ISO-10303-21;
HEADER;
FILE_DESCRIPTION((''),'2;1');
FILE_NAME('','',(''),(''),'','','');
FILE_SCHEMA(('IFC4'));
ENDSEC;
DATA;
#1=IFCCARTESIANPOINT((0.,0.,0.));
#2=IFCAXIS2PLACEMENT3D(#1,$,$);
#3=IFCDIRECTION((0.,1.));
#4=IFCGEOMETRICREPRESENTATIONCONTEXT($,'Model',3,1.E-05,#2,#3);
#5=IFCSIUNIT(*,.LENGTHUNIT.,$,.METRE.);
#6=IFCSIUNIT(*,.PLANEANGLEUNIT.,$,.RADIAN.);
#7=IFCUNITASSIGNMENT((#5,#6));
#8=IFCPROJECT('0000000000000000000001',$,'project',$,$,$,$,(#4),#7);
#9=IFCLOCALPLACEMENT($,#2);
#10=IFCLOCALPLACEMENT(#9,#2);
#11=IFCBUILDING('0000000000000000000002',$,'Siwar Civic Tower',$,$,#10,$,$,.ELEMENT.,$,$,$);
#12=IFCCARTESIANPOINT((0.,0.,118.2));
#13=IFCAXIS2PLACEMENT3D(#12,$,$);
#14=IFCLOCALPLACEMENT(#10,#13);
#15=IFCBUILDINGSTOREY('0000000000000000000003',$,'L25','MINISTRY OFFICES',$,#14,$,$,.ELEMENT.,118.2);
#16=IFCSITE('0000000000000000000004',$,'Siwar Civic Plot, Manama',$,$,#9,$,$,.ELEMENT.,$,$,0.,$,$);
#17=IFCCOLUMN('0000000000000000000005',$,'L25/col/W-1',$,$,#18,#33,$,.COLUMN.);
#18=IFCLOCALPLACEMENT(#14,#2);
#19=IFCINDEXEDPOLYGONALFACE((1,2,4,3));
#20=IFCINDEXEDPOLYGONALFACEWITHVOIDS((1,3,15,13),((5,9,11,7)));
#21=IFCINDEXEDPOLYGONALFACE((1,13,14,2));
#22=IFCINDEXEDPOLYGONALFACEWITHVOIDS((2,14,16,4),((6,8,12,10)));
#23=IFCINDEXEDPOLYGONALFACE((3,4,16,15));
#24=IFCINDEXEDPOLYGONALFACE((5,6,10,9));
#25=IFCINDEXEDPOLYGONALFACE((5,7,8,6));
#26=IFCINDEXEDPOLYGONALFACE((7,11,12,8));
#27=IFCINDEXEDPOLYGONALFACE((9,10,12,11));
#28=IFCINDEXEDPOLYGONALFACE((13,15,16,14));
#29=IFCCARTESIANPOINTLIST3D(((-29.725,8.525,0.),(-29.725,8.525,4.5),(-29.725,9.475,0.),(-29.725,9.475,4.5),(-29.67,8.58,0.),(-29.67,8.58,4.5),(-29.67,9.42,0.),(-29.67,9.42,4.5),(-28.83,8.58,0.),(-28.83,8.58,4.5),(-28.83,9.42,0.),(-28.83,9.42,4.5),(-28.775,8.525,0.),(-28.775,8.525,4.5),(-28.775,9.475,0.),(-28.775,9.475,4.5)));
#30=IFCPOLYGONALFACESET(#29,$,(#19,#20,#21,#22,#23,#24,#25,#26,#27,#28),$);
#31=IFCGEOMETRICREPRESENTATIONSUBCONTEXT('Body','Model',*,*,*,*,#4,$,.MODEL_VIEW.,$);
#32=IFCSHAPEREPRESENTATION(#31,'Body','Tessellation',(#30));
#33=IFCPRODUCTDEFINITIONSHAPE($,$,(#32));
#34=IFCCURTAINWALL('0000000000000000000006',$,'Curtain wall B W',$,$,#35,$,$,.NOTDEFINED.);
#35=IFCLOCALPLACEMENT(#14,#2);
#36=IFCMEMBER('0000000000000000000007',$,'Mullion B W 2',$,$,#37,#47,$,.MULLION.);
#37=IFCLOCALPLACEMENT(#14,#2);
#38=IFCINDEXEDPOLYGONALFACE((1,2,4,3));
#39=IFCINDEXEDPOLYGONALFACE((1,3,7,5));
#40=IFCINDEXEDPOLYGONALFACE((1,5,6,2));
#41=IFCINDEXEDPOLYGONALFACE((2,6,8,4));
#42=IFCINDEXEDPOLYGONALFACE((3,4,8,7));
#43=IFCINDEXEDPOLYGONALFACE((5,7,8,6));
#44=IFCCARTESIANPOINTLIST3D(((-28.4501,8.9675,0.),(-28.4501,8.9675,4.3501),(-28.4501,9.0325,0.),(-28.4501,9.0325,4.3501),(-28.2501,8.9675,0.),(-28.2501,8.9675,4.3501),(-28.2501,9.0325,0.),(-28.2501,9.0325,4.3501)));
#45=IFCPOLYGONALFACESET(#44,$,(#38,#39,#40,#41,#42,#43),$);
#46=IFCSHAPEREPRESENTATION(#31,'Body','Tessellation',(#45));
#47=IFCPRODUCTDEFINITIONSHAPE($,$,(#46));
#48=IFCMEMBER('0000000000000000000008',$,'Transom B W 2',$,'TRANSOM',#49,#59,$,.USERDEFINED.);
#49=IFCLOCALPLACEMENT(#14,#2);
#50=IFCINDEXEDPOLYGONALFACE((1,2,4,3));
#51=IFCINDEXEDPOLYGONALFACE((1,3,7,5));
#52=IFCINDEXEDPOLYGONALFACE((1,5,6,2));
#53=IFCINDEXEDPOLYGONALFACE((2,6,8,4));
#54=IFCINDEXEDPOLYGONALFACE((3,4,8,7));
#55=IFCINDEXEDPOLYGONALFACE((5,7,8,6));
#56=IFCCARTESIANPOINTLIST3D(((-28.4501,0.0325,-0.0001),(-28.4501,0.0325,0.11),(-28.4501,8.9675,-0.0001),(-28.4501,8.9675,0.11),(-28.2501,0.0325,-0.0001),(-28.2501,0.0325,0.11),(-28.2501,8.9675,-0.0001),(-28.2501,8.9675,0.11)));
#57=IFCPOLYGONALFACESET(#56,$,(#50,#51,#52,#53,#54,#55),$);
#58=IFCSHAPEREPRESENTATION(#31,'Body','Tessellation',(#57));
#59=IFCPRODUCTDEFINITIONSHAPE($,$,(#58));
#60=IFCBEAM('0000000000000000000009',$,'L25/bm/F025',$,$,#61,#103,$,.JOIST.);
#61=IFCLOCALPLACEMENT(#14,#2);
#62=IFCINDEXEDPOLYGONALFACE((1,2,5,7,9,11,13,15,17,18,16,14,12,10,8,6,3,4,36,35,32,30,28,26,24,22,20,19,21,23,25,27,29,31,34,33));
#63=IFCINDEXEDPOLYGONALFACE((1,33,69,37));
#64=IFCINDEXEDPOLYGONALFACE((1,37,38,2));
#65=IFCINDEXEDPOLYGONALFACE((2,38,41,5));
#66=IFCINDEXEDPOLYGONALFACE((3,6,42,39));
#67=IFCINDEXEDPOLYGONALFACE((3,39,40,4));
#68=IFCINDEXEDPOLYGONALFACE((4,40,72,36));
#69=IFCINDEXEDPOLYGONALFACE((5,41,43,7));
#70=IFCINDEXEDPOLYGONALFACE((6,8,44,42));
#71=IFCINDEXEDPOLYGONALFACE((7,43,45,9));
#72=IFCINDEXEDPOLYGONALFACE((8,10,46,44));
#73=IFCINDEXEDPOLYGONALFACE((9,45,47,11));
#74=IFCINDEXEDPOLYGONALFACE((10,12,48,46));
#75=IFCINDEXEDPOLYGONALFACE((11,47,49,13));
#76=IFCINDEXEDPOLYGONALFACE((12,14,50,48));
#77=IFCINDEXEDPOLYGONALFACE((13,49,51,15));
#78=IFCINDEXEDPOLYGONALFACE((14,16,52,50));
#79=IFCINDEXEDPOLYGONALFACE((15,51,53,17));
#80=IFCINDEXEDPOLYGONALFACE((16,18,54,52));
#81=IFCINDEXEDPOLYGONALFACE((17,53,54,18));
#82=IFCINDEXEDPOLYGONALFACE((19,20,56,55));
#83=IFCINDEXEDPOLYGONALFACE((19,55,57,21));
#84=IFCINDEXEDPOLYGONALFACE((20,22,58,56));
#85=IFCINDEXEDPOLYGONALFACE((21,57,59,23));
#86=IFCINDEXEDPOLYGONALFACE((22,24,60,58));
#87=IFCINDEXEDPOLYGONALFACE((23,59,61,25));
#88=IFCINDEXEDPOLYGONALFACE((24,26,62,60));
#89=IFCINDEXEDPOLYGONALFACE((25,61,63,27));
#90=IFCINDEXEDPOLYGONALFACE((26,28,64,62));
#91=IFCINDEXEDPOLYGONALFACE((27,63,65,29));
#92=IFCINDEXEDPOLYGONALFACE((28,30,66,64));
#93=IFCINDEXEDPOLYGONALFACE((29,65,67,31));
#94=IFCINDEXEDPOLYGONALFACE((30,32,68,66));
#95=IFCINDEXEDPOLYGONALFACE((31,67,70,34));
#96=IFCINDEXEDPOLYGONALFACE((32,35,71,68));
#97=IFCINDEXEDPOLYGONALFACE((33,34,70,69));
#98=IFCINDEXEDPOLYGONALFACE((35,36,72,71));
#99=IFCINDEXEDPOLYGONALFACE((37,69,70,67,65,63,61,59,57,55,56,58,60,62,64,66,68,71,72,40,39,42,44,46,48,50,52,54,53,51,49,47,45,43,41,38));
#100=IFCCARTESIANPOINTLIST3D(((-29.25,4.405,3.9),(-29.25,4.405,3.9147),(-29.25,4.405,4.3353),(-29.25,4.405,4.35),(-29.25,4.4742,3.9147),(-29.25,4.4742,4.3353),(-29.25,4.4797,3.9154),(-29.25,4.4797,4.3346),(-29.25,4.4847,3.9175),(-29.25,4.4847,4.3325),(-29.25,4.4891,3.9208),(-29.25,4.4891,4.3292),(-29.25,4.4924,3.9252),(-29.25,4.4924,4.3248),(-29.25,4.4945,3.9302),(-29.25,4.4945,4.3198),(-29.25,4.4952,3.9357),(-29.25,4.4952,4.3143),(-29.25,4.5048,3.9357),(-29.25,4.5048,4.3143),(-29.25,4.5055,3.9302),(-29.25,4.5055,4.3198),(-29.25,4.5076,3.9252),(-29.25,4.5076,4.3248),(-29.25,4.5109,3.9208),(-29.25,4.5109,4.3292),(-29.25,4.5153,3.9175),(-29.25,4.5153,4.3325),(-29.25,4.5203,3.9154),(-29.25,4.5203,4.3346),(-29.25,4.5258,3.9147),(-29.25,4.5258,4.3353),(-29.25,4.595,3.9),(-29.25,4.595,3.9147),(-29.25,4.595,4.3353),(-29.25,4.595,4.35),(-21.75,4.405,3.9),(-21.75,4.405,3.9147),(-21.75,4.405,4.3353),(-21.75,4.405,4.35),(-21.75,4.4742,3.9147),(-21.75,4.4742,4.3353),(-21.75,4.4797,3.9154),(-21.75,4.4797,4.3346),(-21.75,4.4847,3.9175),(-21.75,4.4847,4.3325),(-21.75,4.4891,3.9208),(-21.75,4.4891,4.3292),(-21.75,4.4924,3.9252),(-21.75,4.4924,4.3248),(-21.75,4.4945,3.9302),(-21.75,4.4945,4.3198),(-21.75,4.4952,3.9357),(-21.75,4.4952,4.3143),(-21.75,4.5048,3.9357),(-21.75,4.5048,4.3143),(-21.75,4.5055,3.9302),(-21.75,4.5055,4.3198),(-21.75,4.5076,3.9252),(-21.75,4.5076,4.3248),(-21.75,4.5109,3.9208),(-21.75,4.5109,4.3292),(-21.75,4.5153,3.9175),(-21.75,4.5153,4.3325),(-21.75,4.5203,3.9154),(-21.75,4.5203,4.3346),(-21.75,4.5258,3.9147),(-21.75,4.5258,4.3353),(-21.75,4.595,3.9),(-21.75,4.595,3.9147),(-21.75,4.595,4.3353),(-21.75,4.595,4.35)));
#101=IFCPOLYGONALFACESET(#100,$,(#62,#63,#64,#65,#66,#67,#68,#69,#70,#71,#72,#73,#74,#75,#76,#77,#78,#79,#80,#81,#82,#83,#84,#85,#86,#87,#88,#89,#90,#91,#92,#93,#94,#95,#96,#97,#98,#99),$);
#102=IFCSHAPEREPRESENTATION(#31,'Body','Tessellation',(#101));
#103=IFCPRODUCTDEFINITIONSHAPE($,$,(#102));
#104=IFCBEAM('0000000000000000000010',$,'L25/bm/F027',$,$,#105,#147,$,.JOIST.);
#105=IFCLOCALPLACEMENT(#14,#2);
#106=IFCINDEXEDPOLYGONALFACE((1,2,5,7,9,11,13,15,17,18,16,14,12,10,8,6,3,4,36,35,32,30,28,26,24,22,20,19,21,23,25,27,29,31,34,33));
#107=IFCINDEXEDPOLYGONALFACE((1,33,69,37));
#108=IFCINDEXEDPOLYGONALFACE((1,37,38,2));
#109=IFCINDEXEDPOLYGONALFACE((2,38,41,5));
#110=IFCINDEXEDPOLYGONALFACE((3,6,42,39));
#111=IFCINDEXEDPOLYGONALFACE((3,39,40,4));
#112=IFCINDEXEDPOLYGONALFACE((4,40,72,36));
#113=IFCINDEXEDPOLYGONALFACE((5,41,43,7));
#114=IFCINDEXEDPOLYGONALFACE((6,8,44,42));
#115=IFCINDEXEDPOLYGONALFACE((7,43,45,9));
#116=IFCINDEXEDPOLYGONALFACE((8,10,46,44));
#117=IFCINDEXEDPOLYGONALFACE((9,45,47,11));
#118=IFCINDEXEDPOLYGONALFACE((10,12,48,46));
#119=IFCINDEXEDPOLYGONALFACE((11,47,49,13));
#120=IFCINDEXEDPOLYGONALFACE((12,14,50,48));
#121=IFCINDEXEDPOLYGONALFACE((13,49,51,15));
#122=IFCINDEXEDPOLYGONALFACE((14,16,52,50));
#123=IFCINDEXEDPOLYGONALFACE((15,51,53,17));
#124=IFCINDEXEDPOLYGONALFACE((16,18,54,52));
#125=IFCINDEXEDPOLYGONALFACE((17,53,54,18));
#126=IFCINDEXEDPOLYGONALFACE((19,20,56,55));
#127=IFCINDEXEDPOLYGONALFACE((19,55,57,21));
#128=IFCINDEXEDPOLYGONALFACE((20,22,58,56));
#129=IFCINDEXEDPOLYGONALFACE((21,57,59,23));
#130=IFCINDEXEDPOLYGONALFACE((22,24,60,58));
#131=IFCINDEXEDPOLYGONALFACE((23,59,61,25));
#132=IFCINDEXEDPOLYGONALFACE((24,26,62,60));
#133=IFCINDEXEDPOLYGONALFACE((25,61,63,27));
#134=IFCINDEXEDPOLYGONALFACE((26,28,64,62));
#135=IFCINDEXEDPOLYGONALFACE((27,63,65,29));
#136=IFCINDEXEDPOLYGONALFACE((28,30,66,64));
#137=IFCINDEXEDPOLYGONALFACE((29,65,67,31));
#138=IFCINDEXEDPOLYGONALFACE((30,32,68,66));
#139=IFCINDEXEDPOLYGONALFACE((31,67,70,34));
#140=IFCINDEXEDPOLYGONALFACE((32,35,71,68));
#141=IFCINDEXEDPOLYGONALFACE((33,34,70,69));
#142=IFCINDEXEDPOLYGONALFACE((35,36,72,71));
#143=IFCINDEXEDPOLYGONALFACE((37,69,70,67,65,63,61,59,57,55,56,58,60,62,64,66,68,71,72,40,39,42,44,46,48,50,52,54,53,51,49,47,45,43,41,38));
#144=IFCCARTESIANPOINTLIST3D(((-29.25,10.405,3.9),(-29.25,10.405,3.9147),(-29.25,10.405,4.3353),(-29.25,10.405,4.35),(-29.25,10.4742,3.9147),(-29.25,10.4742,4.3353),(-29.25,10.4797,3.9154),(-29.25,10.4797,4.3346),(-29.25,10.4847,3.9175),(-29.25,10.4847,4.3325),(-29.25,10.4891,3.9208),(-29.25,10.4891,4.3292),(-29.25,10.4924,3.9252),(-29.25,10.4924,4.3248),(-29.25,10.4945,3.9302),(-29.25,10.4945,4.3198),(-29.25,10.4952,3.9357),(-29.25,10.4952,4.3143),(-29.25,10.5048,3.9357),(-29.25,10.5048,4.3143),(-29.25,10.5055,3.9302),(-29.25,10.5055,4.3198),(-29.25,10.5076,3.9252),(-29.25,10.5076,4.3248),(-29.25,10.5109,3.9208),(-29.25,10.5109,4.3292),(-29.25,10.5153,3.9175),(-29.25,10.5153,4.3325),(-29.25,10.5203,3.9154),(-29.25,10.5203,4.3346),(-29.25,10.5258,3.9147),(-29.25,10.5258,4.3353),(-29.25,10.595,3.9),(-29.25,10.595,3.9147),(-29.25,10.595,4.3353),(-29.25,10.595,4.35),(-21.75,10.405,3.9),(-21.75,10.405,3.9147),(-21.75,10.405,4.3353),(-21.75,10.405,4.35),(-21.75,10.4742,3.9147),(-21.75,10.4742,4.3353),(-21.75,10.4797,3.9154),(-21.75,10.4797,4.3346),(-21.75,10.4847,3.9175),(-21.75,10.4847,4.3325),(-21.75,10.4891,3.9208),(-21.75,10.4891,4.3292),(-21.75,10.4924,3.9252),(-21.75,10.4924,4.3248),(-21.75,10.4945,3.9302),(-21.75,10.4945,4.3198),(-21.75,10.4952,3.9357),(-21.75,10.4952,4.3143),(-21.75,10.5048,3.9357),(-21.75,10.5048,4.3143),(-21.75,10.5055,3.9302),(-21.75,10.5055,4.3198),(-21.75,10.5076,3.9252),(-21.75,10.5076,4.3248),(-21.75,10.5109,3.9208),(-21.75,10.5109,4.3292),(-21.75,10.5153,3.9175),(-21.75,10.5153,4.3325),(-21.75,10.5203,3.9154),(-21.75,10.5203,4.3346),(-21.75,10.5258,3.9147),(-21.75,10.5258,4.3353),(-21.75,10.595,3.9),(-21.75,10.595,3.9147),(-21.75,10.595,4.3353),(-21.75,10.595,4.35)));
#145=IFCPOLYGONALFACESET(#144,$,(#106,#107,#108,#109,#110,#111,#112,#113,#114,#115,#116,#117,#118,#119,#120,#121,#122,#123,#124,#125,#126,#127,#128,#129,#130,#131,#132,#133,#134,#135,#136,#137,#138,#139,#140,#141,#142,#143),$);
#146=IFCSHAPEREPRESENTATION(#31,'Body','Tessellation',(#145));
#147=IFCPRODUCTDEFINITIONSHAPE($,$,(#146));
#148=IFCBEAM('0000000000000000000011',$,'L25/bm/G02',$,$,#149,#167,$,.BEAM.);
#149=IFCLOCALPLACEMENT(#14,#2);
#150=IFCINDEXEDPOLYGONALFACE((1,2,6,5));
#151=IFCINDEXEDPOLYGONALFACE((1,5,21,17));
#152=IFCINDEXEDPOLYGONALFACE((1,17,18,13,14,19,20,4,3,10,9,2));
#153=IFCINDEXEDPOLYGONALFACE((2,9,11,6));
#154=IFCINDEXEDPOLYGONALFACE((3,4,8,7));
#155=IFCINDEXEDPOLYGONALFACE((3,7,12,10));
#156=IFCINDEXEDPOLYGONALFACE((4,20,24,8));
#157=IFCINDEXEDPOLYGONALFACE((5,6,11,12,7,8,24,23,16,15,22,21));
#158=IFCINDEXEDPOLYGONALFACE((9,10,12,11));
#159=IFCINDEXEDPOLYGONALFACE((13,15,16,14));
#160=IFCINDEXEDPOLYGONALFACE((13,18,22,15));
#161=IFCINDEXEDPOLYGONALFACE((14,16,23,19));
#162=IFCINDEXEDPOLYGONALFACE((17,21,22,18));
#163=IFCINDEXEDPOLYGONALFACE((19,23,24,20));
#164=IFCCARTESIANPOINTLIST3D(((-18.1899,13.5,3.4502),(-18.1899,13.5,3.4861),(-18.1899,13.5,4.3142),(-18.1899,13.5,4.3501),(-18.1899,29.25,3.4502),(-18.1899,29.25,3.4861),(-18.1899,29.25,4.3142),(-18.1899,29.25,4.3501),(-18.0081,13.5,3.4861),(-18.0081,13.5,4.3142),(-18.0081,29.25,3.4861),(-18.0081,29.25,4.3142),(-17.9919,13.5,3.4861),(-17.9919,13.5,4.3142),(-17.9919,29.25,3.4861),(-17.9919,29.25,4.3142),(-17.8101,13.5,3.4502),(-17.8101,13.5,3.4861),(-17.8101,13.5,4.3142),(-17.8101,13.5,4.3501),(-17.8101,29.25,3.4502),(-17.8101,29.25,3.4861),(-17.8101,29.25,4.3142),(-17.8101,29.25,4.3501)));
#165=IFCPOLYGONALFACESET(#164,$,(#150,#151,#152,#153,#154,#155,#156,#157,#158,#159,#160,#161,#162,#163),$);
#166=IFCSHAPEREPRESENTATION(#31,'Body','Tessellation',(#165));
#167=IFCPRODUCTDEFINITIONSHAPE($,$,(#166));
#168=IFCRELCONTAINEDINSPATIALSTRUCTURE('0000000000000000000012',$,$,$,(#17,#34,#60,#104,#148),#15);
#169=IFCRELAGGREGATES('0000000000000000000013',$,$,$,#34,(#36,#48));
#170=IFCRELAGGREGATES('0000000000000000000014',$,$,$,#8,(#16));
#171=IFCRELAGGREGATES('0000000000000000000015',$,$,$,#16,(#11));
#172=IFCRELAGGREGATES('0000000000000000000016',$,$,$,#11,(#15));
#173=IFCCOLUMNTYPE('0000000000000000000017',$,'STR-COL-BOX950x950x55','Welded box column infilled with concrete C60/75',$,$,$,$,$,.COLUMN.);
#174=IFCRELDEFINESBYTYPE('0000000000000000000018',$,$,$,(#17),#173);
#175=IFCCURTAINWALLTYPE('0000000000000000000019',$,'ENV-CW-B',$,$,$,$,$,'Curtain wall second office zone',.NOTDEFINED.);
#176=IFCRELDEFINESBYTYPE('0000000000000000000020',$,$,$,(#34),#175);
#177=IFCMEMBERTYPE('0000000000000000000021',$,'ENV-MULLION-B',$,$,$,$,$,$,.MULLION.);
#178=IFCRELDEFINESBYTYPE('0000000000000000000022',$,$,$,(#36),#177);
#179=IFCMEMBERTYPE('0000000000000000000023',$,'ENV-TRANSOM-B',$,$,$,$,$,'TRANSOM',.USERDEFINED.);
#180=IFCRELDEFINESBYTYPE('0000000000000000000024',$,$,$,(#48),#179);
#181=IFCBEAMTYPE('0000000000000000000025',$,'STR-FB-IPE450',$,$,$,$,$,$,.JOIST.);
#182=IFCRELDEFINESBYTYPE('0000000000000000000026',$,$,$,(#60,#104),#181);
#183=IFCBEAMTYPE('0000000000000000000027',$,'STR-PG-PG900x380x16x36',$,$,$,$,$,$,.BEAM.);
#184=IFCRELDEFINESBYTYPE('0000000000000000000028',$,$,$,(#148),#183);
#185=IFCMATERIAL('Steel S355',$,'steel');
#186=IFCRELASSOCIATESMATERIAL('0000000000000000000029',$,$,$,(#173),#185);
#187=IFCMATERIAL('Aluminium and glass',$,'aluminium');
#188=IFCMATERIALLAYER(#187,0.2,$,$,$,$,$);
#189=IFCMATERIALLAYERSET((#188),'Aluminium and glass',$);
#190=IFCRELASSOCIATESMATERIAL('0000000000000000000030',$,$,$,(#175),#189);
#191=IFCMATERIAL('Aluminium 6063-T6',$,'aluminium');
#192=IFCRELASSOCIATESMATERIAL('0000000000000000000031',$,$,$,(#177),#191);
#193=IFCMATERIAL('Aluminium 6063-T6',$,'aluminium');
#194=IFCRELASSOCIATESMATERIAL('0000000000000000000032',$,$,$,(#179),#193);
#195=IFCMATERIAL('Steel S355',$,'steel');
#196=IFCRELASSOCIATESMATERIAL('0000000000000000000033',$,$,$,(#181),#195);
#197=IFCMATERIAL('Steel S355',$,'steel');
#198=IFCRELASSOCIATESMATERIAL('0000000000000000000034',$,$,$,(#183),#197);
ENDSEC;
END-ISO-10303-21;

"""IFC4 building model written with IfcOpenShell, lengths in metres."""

from ifc_helpers import new_model, si_unit, direction, frame, origin, origin_2d, place, context, subcontext, project, spatial, rectangle, hollow_rectangle, i_section, extrude, material, layer, layer_set, material_profile, profile_set, type_object, element, aggregate, save


model = new_model("IFC4")

# Units and contexts
model_context = context("Model", 3, precision=1e-05, world=origin(), true_north=direction((0.0, 1.0)))
body_context = subcontext(model_context, "Body", "Model", "MODEL_VIEW")
ifc_project = project(units=[si_unit("LENGTHUNIT", "METRE"), si_unit("PLANEANGLEUNIT", "RADIAN")], contexts=[model_context])

# Site, building, storey
site_placement = place(None, origin())
site = spatial("IfcSite", under=ifc_project, at=site_placement, Name="Siwar Civic Plot, Manama", CompositionType="ELEMENT", RefElevation=0.0)
building_placement = place(site_placement, origin())
building = spatial("IfcBuilding", under=site, at=building_placement, Name="Siwar Civic Tower", CompositionType="ELEMENT")
storey_placement = place(building_placement, frame((0.0, 0.0, 118.2)))
storey = spatial("IfcBuildingStorey", under=building, at=storey_placement, Name="L25", Description="MINISTRY OFFICES", CompositionType="ELEMENT", Elevation=118.2)

# Column
ifc_material_1 = material(Name="Steel S355", Category="steel")
ifc_material_profile_1 = material_profile(ifc_material_1, hollow_rectangle(XDim=0.95, YDim=0.95, WallThickness=0.0549, at=origin_2d()), Name="BOX950x950x55")
ifc_profile_set_1 = profile_set([ifc_material_profile_1], Name="Steel S355")
column_type = type_object("IfcColumnType", Name="STR-COL-BOX950x950x55", Description="Welded box column infilled with concrete C60/75", PredefinedType="COLUMN", material=ifc_profile_set_1)
column_placement = place(storey_placement, frame((-29.25, 9.0, 0.0), z_axis=(0.0, 0.0, 1.0), x_axis=(1.0, 0.0, 0.0)))
element("IfcColumn", 1, at=column_placement, inside=storey, type_object=column_type, Name="L25/col/W-1", PredefinedType="COLUMN", context=body_context, shape_type="SweptSolid", body=[
    extrude(hollow_rectangle(XDim=0.95, YDim=0.95, WallThickness=0.0549, at=origin_2d()), origin(), (0.0, 0.0, 1.0), 4.5),
])

# Curtain wall, members
ifc_material_2 = material(Name="Aluminium and glass", Category="aluminium")
ifc_layer_1 = layer(ifc_material_2, 0.2)
ifc_layer_set_1 = layer_set([ifc_layer_1], Name="Aluminium and glass")
curtain_wall_type = type_object("IfcCurtainWallType", Name="ENV-CW-B", ElementType="Curtain wall second office zone", PredefinedType="NOTDEFINED", material=ifc_layer_set_1)
curtain_wall_placement = place(storey_placement, origin())
curtain_wall = element("IfcCurtainWall", 2, at=curtain_wall_placement, inside=storey, type_object=curtain_wall_type, Name="Curtain wall B W", PredefinedType="NOTDEFINED")
ifc_material_3 = material(Name="Aluminium 6063-T6", Category="aluminium")
ifc_material_profile_2 = material_profile(ifc_material_3, rectangle(XDim=0.2, YDim=0.0649, at=origin_2d()), Name="AL 200x65")
ifc_profile_set_2 = profile_set([ifc_material_profile_2], Name="Aluminium 6063-T6")
member_type_1 = type_object("IfcMemberType", Name="ENV-MULLION-B", PredefinedType="MULLION", material=ifc_profile_set_2)
member_1_placement = place(storey_placement, frame((-28.3501, 9.0, 0.0), z_axis=(0.0, 0.0, 1.0), x_axis=(1.0, 0.0, 0.0)))
member_1 = element("IfcMember", 3, at=member_1_placement, type_object=member_type_1, Name="Mullion B W 2", PredefinedType="MULLION", context=body_context, shape_type="SweptSolid", body=[
    extrude(rectangle(XDim=0.2, YDim=0.0649, at=origin_2d()), origin(), (0.0, 0.0, 1.0), 4.3501),
])
ifc_material_4 = material(Name="Aluminium 6063-T6", Category="aluminium")
ifc_material_profile_3 = material_profile(ifc_material_4, rectangle(XDim=0.2, YDim=0.1101, at=origin_2d()), Name="AL 200x110")
ifc_profile_set_3 = profile_set([ifc_material_profile_3], Name="Aluminium 6063-T6")
member_type_2 = type_object("IfcMemberType", Name="ENV-TRANSOM-B", ElementType="TRANSOM", PredefinedType="USERDEFINED", material=ifc_profile_set_3)
member_2_placement = place(storey_placement, frame((-28.3501, 8.9675, 0.0549), z_axis=(0.0, -1.0, 0.0), x_axis=(1.0, 0.0, 0.0)))
member_2 = element("IfcMember", 4, at=member_2_placement, type_object=member_type_2, Name="Transom B W 2", ObjectType="TRANSOM", PredefinedType="USERDEFINED", context=body_context, shape_type="SweptSolid", body=[
    extrude(rectangle(XDim=0.2, YDim=0.1101, at=origin_2d()), origin(), (0.0, 0.0, 1.0), 8.9351),
])

# Beams
ifc_material_5 = material(Name="Steel S355", Category="steel")
ifc_material_profile_4 = material_profile(ifc_material_5, i_section(OverallWidth=0.1899, OverallDepth=0.45, WebThickness=0.0095, FlangeThickness=0.0146, FilletRadius=0.021, at=origin_2d()), Name="IPE450")
ifc_profile_set_4 = profile_set([ifc_material_profile_4], Name="Steel S355")
beam_type_1 = type_object("IfcBeamType", Name="STR-FB-IPE450", PredefinedType="JOIST", material=ifc_profile_set_4)
for number, where, z_axis, x_axis, name in (
    (5, (-29.25, 4.5, 4.125), (1.0, 0.0, 0.0), (0.0, 1.0, 0.0), "L25/bm/F025"),
    (6, (-29.25, 10.5, 4.125), (1.0, 0.0, 0.0), (0.0, 1.0, 0.0), "L25/bm/F027"),
):
    element("IfcBeam", number, at=place(storey_placement, frame(where, z_axis=z_axis, x_axis=x_axis)), inside=storey, type_object=beam_type_1, Name=name, PredefinedType="JOIST", context=body_context, shape_type="SweptSolid", body=[
        extrude(i_section(OverallWidth=0.1899, OverallDepth=0.45, WebThickness=0.0095, FlangeThickness=0.0146, FilletRadius=0.021, at=origin_2d()), origin(), (0.0, 0.0, 1.0), 7.5),
    ])
ifc_material_6 = material(Name="Steel S355", Category="steel")
ifc_material_profile_5 = material_profile(ifc_material_6, i_section(OverallWidth=0.3799, OverallDepth=0.8999, WebThickness=0.0161, FlangeThickness=0.0359, at=origin_2d()), Name="PG900x380x16x36")
ifc_profile_set_5 = profile_set([ifc_material_profile_5], Name="Steel S355")
beam_type_2 = type_object("IfcBeamType", Name="STR-PG-PG900x380x16x36", PredefinedType="BEAM", material=ifc_profile_set_5)
beam_1_placement = place(storey_placement, frame((-18.0, 13.5, 3.9001), z_axis=(0.0, 1.0, 0.0), x_axis=(-1.0, 0.0, 0.0)))
element("IfcBeam", 7, at=beam_1_placement, inside=storey, type_object=beam_type_2, Name="L25/bm/G02", PredefinedType="BEAM", context=body_context, shape_type="SweptSolid", body=[
    extrude(i_section(OverallWidth=0.3799, OverallDepth=0.8999, WebThickness=0.0161, FlangeThickness=0.0359, at=origin_2d()), origin(), (0.0, 0.0, 1.0), 15.75),
])

aggregate(curtain_wall, [member_1, member_2])

save(model, "model.ifc")
